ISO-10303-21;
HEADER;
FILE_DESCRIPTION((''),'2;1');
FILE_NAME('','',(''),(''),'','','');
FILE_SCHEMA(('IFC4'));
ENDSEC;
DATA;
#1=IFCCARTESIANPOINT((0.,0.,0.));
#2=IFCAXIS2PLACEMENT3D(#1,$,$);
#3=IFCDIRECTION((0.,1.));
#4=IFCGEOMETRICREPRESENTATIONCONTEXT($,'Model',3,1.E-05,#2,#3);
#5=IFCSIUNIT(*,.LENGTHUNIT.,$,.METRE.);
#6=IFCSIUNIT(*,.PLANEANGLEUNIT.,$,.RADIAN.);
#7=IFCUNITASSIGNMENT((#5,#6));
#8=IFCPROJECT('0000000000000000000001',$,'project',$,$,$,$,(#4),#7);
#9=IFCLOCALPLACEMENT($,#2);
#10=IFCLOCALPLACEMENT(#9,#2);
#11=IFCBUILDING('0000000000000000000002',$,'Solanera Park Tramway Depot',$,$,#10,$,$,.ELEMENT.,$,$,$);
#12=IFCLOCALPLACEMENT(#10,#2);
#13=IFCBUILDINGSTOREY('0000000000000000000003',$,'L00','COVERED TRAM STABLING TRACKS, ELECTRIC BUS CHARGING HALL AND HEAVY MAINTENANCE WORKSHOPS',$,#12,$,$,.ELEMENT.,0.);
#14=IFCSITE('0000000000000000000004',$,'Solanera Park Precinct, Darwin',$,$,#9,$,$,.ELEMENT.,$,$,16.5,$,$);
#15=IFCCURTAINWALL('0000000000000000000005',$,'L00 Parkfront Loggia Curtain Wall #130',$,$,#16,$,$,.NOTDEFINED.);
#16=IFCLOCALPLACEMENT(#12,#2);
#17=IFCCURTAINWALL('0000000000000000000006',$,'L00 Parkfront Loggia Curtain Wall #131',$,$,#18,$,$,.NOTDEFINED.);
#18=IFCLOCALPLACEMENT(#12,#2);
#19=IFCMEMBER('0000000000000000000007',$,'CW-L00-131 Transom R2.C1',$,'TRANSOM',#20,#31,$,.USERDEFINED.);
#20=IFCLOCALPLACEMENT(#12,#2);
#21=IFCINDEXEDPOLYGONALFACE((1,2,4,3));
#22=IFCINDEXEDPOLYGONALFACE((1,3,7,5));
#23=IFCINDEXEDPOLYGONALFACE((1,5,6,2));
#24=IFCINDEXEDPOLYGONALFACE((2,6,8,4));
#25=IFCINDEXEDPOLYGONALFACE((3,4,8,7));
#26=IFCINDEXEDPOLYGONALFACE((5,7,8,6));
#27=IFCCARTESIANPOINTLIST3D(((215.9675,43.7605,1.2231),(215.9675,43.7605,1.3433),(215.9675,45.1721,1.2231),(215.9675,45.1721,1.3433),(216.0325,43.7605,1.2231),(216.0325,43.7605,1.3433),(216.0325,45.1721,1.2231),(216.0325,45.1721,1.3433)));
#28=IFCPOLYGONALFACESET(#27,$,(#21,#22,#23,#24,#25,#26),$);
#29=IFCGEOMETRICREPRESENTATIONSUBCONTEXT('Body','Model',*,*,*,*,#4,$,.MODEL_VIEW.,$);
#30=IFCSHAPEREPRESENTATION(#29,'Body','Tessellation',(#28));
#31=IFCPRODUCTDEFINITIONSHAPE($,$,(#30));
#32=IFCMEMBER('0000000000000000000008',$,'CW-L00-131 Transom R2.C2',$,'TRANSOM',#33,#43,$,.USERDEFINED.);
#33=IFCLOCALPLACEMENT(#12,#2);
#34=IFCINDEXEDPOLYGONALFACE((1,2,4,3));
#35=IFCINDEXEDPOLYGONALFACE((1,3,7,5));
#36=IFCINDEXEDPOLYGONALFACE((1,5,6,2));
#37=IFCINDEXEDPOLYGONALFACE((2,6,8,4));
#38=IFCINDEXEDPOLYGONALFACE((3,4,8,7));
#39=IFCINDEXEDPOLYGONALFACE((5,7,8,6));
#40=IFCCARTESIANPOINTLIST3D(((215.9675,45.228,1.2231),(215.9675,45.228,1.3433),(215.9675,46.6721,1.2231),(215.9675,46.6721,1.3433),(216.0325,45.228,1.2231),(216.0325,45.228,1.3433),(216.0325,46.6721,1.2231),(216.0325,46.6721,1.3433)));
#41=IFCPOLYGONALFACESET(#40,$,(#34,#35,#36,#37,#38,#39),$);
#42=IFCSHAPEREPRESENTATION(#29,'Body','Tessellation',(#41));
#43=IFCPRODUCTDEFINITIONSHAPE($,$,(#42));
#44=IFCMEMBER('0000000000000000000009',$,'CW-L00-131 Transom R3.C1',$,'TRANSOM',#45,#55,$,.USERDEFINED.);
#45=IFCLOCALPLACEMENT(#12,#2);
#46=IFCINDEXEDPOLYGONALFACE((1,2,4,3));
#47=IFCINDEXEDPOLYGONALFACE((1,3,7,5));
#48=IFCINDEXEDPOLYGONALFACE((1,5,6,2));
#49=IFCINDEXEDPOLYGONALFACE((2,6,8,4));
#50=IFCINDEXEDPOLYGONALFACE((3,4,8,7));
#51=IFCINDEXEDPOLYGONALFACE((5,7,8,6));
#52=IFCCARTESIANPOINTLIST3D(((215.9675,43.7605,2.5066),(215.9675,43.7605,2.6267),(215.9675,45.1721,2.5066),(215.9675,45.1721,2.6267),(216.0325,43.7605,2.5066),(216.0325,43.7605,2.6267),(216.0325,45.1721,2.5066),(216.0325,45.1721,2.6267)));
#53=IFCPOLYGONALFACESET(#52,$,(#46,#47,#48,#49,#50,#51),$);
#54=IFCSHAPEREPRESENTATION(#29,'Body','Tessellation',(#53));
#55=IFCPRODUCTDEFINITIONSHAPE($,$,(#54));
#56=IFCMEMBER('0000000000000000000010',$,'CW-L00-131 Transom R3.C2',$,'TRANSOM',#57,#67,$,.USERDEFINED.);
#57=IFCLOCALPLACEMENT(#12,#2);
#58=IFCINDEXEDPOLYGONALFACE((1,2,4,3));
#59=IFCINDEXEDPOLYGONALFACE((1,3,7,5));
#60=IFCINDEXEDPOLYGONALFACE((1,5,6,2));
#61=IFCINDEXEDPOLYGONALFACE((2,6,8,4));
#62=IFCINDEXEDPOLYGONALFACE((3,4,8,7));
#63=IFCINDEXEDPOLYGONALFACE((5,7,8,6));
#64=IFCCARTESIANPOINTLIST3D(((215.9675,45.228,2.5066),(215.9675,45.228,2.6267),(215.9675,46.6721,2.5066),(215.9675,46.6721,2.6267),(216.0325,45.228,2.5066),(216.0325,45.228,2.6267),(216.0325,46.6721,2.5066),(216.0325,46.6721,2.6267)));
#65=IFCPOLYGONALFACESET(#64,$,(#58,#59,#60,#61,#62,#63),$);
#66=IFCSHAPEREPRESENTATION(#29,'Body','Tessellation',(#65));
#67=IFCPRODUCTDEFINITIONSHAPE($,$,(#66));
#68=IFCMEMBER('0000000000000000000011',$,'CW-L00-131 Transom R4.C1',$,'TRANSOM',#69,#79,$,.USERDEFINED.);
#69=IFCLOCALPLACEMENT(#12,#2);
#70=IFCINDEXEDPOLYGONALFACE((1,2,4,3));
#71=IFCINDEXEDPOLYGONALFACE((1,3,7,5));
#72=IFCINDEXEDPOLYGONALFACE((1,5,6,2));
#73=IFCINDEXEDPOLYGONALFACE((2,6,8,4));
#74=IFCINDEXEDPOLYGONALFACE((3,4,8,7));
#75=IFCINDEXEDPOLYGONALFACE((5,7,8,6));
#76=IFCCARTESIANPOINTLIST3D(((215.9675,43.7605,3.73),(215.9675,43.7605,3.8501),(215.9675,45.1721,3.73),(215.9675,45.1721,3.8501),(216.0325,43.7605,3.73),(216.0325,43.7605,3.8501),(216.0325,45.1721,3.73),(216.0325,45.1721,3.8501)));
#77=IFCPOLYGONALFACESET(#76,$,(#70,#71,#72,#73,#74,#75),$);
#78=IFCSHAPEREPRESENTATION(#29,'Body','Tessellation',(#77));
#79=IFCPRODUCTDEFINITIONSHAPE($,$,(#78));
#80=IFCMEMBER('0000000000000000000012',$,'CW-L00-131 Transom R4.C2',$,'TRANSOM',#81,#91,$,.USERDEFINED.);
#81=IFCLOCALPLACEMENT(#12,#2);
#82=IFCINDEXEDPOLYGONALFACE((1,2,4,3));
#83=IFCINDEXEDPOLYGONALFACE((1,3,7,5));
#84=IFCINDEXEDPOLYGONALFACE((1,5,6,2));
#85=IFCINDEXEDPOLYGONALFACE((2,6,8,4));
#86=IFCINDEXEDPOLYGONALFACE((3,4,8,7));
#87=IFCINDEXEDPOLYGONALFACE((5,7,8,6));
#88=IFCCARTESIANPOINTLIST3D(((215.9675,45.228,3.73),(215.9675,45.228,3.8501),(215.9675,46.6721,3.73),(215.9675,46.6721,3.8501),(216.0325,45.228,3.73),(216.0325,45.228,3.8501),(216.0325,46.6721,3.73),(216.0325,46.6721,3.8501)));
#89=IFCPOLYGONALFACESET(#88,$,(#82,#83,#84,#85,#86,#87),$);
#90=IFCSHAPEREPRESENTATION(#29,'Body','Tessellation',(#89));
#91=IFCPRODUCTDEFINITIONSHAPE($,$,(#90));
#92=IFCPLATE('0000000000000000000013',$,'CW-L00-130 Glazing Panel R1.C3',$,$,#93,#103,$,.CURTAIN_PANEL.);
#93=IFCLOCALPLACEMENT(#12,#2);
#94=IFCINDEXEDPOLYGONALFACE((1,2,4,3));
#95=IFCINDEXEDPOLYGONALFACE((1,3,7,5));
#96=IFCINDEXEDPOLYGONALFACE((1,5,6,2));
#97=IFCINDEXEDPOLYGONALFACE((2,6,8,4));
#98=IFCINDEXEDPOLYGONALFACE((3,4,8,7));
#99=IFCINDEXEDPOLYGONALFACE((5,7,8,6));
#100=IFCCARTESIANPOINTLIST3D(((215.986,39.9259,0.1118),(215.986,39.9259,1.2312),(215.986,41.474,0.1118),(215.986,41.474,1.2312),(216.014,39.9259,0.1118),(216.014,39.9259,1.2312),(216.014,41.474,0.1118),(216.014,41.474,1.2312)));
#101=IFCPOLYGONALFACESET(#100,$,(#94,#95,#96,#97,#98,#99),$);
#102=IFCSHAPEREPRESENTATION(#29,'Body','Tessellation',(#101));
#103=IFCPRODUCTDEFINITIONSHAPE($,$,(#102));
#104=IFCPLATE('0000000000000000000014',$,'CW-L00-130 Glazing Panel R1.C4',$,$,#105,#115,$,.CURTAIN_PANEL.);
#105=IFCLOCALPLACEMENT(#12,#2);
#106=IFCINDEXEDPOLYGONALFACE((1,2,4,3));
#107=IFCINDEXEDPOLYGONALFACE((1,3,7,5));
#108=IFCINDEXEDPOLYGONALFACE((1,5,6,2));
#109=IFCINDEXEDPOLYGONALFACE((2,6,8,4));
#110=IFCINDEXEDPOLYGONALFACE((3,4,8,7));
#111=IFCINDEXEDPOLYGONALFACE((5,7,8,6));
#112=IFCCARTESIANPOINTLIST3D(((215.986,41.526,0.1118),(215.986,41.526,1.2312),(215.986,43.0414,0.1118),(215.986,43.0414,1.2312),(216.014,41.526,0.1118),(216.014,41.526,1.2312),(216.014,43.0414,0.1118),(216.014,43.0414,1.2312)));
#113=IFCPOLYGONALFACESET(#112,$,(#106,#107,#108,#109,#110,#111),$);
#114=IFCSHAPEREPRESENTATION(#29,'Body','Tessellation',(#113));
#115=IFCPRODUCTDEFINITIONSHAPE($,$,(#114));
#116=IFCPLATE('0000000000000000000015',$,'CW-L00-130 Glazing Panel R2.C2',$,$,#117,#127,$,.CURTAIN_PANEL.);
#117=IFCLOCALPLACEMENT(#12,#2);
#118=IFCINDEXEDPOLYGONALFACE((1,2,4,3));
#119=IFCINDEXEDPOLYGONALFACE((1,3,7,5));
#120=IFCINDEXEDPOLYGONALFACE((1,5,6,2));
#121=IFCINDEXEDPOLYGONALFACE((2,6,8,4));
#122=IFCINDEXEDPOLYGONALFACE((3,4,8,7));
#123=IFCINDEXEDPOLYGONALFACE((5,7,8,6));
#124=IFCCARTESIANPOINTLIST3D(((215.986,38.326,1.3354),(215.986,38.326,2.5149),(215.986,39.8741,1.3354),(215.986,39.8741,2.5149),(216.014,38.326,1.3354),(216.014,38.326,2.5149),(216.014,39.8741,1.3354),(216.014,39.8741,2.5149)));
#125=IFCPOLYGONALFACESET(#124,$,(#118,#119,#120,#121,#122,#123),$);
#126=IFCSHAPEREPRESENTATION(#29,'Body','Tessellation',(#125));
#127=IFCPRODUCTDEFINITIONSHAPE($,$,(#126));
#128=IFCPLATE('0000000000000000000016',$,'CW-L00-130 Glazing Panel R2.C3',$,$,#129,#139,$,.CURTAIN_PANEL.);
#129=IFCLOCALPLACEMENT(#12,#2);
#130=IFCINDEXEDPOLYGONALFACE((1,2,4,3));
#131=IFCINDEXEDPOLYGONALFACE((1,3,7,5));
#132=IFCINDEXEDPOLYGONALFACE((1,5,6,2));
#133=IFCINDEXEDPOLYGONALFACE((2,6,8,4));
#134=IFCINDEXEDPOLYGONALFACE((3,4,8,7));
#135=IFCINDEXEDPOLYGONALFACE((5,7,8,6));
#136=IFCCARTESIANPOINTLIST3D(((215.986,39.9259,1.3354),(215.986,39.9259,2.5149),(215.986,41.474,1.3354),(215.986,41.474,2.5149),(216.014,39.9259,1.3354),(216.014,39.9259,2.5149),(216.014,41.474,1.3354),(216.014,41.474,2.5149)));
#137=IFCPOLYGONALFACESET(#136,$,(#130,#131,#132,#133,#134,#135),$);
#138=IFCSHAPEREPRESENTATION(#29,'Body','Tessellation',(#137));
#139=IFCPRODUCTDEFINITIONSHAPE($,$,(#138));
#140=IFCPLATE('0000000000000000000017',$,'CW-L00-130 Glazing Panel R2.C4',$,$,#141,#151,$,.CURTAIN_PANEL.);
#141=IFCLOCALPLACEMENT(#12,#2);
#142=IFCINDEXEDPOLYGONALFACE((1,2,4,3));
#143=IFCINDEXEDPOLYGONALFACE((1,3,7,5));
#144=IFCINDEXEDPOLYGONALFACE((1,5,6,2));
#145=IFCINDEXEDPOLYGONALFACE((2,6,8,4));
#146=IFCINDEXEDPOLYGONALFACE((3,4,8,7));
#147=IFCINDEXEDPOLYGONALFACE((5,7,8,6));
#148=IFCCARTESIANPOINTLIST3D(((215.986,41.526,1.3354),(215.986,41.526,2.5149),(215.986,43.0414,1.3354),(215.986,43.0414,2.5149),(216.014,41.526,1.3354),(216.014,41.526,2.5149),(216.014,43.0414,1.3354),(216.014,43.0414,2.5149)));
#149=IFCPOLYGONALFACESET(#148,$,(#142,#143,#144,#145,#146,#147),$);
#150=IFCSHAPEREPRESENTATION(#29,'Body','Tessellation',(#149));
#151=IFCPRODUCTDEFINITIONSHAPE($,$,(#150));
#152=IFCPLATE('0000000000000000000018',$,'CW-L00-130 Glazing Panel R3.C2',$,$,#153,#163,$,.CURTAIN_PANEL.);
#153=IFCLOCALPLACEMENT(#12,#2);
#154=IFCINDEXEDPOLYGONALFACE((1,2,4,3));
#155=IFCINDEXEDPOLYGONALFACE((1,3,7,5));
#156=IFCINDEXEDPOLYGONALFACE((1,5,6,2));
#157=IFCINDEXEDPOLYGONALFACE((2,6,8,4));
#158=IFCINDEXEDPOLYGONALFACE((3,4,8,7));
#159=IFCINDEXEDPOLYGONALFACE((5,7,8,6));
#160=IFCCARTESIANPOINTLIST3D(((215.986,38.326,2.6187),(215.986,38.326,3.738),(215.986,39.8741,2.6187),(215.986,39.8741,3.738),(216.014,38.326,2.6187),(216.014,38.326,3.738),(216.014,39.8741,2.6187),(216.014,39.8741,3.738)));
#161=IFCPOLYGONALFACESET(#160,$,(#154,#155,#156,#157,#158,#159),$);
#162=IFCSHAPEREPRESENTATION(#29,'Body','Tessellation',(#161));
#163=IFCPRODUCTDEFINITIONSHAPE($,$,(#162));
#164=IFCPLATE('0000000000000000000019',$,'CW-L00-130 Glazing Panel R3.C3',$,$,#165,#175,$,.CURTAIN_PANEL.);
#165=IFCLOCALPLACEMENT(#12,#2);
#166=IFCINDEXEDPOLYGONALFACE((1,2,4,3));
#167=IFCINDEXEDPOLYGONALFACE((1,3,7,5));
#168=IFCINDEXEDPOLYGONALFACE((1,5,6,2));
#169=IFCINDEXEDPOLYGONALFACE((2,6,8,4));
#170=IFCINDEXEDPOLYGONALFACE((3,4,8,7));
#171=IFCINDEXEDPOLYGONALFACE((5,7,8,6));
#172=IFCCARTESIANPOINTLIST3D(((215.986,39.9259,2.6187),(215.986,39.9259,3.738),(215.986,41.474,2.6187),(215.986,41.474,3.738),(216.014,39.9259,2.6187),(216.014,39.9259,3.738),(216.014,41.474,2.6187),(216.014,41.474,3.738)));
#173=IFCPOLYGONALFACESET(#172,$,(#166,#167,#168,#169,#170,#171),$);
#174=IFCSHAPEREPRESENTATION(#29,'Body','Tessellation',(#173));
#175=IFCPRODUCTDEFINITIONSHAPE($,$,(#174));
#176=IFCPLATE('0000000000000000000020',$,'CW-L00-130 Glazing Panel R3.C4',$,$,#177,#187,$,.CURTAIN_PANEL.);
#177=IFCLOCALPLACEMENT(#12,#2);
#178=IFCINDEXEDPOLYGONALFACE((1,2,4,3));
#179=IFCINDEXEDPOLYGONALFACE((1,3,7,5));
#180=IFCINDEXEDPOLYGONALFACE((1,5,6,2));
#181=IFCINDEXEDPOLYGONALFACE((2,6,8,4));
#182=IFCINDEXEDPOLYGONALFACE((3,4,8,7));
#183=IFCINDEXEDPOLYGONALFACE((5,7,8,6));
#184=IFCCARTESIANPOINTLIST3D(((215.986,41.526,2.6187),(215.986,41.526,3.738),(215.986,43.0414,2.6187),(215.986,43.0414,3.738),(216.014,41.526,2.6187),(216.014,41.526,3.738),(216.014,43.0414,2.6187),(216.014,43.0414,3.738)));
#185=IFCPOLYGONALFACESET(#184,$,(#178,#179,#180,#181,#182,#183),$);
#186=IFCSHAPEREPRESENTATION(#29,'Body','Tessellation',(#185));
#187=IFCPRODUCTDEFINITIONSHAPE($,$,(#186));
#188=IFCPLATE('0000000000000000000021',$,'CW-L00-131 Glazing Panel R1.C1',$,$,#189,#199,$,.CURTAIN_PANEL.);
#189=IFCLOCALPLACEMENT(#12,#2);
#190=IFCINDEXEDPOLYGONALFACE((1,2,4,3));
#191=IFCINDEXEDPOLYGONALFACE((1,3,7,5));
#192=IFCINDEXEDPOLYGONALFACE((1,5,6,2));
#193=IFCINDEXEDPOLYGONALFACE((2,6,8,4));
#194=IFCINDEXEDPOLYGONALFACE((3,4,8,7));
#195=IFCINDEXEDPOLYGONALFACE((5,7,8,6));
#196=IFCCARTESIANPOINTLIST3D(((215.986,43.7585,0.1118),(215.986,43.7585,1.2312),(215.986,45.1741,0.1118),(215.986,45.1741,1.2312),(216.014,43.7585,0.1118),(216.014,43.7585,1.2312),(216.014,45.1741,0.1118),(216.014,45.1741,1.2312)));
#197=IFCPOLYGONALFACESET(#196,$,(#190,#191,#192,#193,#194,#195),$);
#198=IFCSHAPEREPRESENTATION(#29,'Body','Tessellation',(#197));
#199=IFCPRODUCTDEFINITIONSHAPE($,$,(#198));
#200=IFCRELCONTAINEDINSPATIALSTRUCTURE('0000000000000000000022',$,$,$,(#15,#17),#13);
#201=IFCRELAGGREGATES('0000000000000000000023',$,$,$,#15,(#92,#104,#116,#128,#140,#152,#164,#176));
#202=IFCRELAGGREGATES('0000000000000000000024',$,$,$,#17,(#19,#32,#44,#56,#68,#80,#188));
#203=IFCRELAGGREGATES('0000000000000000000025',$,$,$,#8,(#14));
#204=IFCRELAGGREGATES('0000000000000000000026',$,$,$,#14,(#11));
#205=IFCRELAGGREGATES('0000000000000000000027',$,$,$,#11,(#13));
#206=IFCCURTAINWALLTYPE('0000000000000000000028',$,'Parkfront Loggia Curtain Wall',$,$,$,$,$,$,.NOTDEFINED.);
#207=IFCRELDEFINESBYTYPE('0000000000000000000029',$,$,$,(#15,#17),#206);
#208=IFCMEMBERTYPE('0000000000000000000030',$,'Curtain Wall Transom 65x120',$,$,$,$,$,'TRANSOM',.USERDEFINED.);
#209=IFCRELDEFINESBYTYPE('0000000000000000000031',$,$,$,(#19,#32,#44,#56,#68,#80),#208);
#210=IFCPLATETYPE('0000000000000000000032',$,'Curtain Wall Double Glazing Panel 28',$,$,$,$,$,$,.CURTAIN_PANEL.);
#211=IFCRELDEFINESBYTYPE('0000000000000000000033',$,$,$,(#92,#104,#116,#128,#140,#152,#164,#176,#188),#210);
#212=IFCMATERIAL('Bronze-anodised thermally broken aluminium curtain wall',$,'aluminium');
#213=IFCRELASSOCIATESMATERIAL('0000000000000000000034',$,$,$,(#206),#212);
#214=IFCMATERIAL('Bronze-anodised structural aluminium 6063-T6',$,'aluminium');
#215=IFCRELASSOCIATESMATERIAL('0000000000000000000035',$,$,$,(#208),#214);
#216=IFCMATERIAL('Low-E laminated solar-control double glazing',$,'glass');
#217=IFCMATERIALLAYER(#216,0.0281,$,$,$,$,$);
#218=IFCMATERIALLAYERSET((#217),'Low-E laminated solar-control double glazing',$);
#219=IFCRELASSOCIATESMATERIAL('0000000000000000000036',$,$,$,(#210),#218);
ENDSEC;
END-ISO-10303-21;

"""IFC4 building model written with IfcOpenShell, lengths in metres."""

from ifc_helpers import new_model, si_unit, direction, frame, origin, origin_2d, place, context, subcontext, project, spatial, rectangle, extrude, material, layer, layer_set, material_profile, profile_set, type_object, element, aggregate, save


model = new_model("IFC4")

# Units and contexts
model_context = context("Model", 3, precision=1e-05, world=origin(), true_north=direction((0.0, 1.0)))
body_context = subcontext(model_context, "Body", "Model", "MODEL_VIEW")
ifc_project = project(units=[si_unit("LENGTHUNIT", "METRE"), si_unit("PLANEANGLEUNIT", "RADIAN")], contexts=[model_context])

# Site, building, storey
site_placement = place(None, origin())
site = spatial("IfcSite", under=ifc_project, at=site_placement, Name="Solanera Park Precinct, Darwin", CompositionType="ELEMENT", RefElevation=16.5)
building_placement = place(site_placement, origin())
building = spatial("IfcBuilding", under=site, at=building_placement, Name="Solanera Park Tramway Depot", CompositionType="ELEMENT")
storey_placement = place(building_placement, origin())
storey = spatial("IfcBuildingStorey", under=building, at=storey_placement, Name="L00", Description="COVERED TRAM STABLING TRACKS, ELECTRIC BUS CHARGING HALL AND HEAVY MAINTENANCE WORKSHOPS", CompositionType="ELEMENT", Elevation=0.0)

# Curtain walls
ifc_material_1 = material(Name="Bronze-anodised thermally broken aluminium curtain wall", Category="aluminium")
curtain_wall_type = type_object("IfcCurtainWallType", Name="Parkfront Loggia Curtain Wall", PredefinedType="NOTDEFINED", material=ifc_material_1)
curtain_wall_1_placement = place(storey_placement, origin())
curtain_wall_1 = element("IfcCurtainWall", 1, at=curtain_wall_1_placement, inside=storey, type_object=curtain_wall_type, Name="L00 Parkfront Loggia Curtain Wall #130", PredefinedType="NOTDEFINED")
curtain_wall_2_placement = place(storey_placement, origin())
curtain_wall_2 = element("IfcCurtainWall", 2, at=curtain_wall_2_placement, inside=storey, type_object=curtain_wall_type, Name="L00 Parkfront Loggia Curtain Wall #131", PredefinedType="NOTDEFINED")

# Members
ifc_material_2 = material(Name="Bronze-anodised structural aluminium 6063-T6", Category="aluminium")
ifc_material_profile_1 = material_profile(ifc_material_2, rectangle(XDim=0.0649, YDim=0.1201, at=origin_2d()), Name="Curtain Wall Transom 65x120")
ifc_profile_set_1 = profile_set([ifc_material_profile_1], Name="Bronze-anodised structural aluminium 6063-T6")
member_type_1 = type_object("IfcMemberType", Name="Curtain Wall Transom 65x120", ElementType="TRANSOM", PredefinedType="USERDEFINED", material=ifc_profile_set_1)
member_1_placement = place(storey_placement, frame((216.0, 43.7605, 1.2832), z_axis=(0.0, 1.0, 0.0), x_axis=(-1.0, 0.0, 0.0)))
member_1 = element("IfcMember", 3, at=member_1_placement, type_object=member_type_1, Name="CW-L00-131 Transom R2.C1", ObjectType="TRANSOM", PredefinedType="USERDEFINED", context=body_context, shape_type="SweptSolid", body=[
    extrude(rectangle(XDim=0.0649, YDim=0.1201, at=origin_2d()), origin(), (0.0, 0.0, 1.0), 1.4116),
])
member_2_placement = place(storey_placement, frame((216.0, 45.228, 1.2832), z_axis=(0.0, 1.0, 0.0), x_axis=(-1.0, 0.0, 0.0)))
member_2 = element("IfcMember", 4, at=member_2_placement, type_object=member_type_1, Name="CW-L00-131 Transom R2.C2", ObjectType="TRANSOM", PredefinedType="USERDEFINED", context=body_context, shape_type="SweptSolid", body=[
    extrude(rectangle(XDim=0.0649, YDim=0.1201, at=origin_2d()), origin(), (0.0, 0.0, 1.0), 1.4441),
])
member_3_placement = place(storey_placement, frame((216.0, 43.7605, 2.5667), z_axis=(0.0, 1.0, 0.0), x_axis=(-1.0, 0.0, 0.0)))
member_3 = element("IfcMember", 5, at=member_3_placement, type_object=member_type_1, Name="CW-L00-131 Transom R3.C1", ObjectType="TRANSOM", PredefinedType="USERDEFINED", context=body_context, shape_type="SweptSolid", body=[
    extrude(rectangle(XDim=0.0649, YDim=0.1201, at=origin_2d()), origin(), (0.0, 0.0, 1.0), 1.4116),
])
member_4_placement = place(storey_placement, frame((216.0, 45.228, 2.5667), z_axis=(0.0, 1.0, 0.0), x_axis=(-1.0, 0.0, 0.0)))
member_4 = element("IfcMember", 6, at=member_4_placement, type_object=member_type_1, Name="CW-L00-131 Transom R3.C2", ObjectType="TRANSOM", PredefinedType="USERDEFINED", context=body_context, shape_type="SweptSolid", body=[
    extrude(rectangle(XDim=0.0649, YDim=0.1201, at=origin_2d()), origin(), (0.0, 0.0, 1.0), 1.4441),
])
member_5_placement = place(storey_placement, frame((216.0, 43.7605, 3.79), z_axis=(0.0, 1.0, 0.0), x_axis=(-1.0, 0.0, 0.0)))
member_5 = element("IfcMember", 7, at=member_5_placement, type_object=member_type_1, Name="CW-L00-131 Transom R4.C1", ObjectType="TRANSOM", PredefinedType="USERDEFINED", context=body_context, shape_type="SweptSolid", body=[
    extrude(rectangle(XDim=0.0649, YDim=0.1201, at=origin_2d()), origin(), (0.0, 0.0, 1.0), 1.4116),
])
member_6_placement = place(storey_placement, frame((216.0, 45.228, 3.79), z_axis=(0.0, 1.0, 0.0), x_axis=(-1.0, 0.0, 0.0)))
member_6 = element("IfcMember", 8, at=member_6_placement, type_object=member_type_1, Name="CW-L00-131 Transom R4.C2", ObjectType="TRANSOM", PredefinedType="USERDEFINED", context=body_context, shape_type="SweptSolid", body=[
    extrude(rectangle(XDim=0.0649, YDim=0.1201, at=origin_2d()), origin(), (0.0, 0.0, 1.0), 1.4441),
])

# Plates
ifc_material_3 = material(Name="Low-E laminated solar-control double glazing", Category="glass")
ifc_layer = layer(ifc_material_3, 0.0281)
ifc_layer_set = layer_set([ifc_layer], Name="Low-E laminated solar-control double glazing")
plate_type = type_object("IfcPlateType", Name="Curtain Wall Double Glazing Panel 28", PredefinedType="CURTAIN_PANEL", material=ifc_layer_set)
plate_1_placement = place(storey_placement, frame((216.0, 40.7, 0.1118), z_axis=(0.0, 0.0, 1.0), x_axis=(0.0, 1.0, 0.0)))
plate_1 = element("IfcPlate", 9, at=plate_1_placement, type_object=plate_type, Name="CW-L00-130 Glazing Panel R1.C3", PredefinedType="CURTAIN_PANEL", context=body_context, shape_type="SweptSolid", body=[
    extrude(rectangle(XDim=1.5481, YDim=0.0281, at=origin_2d()), origin(), (0.0, 0.0, 1.0), 1.1194),
])
plate_2_placement = place(storey_placement, frame((216.0, 42.2837, 0.1118), z_axis=(0.0, 0.0, 1.0), x_axis=(0.0, 1.0, 0.0)))
plate_2 = element("IfcPlate", 10, at=plate_2_placement, type_object=plate_type, Name="CW-L00-130 Glazing Panel R1.C4", PredefinedType="CURTAIN_PANEL", context=body_context, shape_type="SweptSolid", body=[
    extrude(rectangle(XDim=1.5154, YDim=0.0281, at=origin_2d()), origin(), (0.0, 0.0, 1.0), 1.1194),
])
plate_3_placement = place(storey_placement, frame((216.0, 39.1001, 1.3354), z_axis=(0.0, 0.0, 1.0), x_axis=(0.0, 1.0, 0.0)))
plate_3 = element("IfcPlate", 11, at=plate_3_placement, type_object=plate_type, Name="CW-L00-130 Glazing Panel R2.C2", PredefinedType="CURTAIN_PANEL", context=body_context, shape_type="SweptSolid", body=[
    extrude(rectangle(XDim=1.5481, YDim=0.0281, at=origin_2d()), origin(), (0.0, 0.0, 1.0), 1.1794),
])
plate_4_placement = place(storey_placement, frame((216.0, 40.7, 1.3354), z_axis=(0.0, 0.0, 1.0), x_axis=(0.0, 1.0, 0.0)))
plate_4 = element("IfcPlate", 12, at=plate_4_placement, type_object=plate_type, Name="CW-L00-130 Glazing Panel R2.C3", PredefinedType="CURTAIN_PANEL", context=body_context, shape_type="SweptSolid", body=[
    extrude(rectangle(XDim=1.5481, YDim=0.0281, at=origin_2d()), origin(), (0.0, 0.0, 1.0), 1.1794),
])
plate_5_placement = place(storey_placement, frame((216.0, 42.2837, 1.3354), z_axis=(0.0, 0.0, 1.0), x_axis=(0.0, 1.0, 0.0)))
plate_5 = element("IfcPlate", 13, at=plate_5_placement, type_object=plate_type, Name="CW-L00-130 Glazing Panel R2.C4", PredefinedType="CURTAIN_PANEL", context=body_context, shape_type="SweptSolid", body=[
    extrude(rectangle(XDim=1.5154, YDim=0.0281, at=origin_2d()), origin(), (0.0, 0.0, 1.0), 1.1794),
])
plate_6_placement = place(storey_placement, frame((216.0, 39.1001, 2.6187), z_axis=(0.0, 0.0, 1.0), x_axis=(0.0, 1.0, 0.0)))
plate_6 = element("IfcPlate", 14, at=plate_6_placement, type_object=plate_type, Name="CW-L00-130 Glazing Panel R3.C2", PredefinedType="CURTAIN_PANEL", context=body_context, shape_type="SweptSolid", body=[
    extrude(rectangle(XDim=1.5481, YDim=0.0281, at=origin_2d()), origin(), (0.0, 0.0, 1.0), 1.1194),
])
plate_7_placement = place(storey_placement, frame((216.0, 40.7, 2.6187), z_axis=(0.0, 0.0, 1.0), x_axis=(0.0, 1.0, 0.0)))
plate_7 = element("IfcPlate", 15, at=plate_7_placement, type_object=plate_type, Name="CW-L00-130 Glazing Panel R3.C3", PredefinedType="CURTAIN_PANEL", context=body_context, shape_type="SweptSolid", body=[
    extrude(rectangle(XDim=1.5481, YDim=0.0281, at=origin_2d()), origin(), (0.0, 0.0, 1.0), 1.1194),
])
plate_8_placement = place(storey_placement, frame((216.0, 42.2837, 2.6187), z_axis=(0.0, 0.0, 1.0), x_axis=(0.0, 1.0, 0.0)))
plate_8 = element("IfcPlate", 16, at=plate_8_placement, type_object=plate_type, Name="CW-L00-130 Glazing Panel R3.C4", PredefinedType="CURTAIN_PANEL", context=body_context, shape_type="SweptSolid", body=[
    extrude(rectangle(XDim=1.5154, YDim=0.0281, at=origin_2d()), origin(), (0.0, 0.0, 1.0), 1.1194),
])
aggregate(curtain_wall_1, [plate_1, plate_2, plate_3, plate_4, plate_5, plate_6, plate_7, plate_8])
plate_9_placement = place(storey_placement, frame((216.0, 44.4663, 0.1118), z_axis=(0.0, 0.0, 1.0), x_axis=(0.0, 1.0, 0.0)))
plate_9 = element("IfcPlate", 17, at=plate_9_placement, type_object=plate_type, Name="CW-L00-131 Glazing Panel R1.C1", PredefinedType="CURTAIN_PANEL", context=body_context, shape_type="SweptSolid", body=[
    extrude(rectangle(XDim=1.4155, YDim=0.0281, at=origin_2d()), origin(), (0.0, 0.0, 1.0), 1.1194),
])
aggregate(curtain_wall_2, [member_1, member_2, member_3, member_4, member_5, member_6, plate_9])

save(model, "model.ifc")
